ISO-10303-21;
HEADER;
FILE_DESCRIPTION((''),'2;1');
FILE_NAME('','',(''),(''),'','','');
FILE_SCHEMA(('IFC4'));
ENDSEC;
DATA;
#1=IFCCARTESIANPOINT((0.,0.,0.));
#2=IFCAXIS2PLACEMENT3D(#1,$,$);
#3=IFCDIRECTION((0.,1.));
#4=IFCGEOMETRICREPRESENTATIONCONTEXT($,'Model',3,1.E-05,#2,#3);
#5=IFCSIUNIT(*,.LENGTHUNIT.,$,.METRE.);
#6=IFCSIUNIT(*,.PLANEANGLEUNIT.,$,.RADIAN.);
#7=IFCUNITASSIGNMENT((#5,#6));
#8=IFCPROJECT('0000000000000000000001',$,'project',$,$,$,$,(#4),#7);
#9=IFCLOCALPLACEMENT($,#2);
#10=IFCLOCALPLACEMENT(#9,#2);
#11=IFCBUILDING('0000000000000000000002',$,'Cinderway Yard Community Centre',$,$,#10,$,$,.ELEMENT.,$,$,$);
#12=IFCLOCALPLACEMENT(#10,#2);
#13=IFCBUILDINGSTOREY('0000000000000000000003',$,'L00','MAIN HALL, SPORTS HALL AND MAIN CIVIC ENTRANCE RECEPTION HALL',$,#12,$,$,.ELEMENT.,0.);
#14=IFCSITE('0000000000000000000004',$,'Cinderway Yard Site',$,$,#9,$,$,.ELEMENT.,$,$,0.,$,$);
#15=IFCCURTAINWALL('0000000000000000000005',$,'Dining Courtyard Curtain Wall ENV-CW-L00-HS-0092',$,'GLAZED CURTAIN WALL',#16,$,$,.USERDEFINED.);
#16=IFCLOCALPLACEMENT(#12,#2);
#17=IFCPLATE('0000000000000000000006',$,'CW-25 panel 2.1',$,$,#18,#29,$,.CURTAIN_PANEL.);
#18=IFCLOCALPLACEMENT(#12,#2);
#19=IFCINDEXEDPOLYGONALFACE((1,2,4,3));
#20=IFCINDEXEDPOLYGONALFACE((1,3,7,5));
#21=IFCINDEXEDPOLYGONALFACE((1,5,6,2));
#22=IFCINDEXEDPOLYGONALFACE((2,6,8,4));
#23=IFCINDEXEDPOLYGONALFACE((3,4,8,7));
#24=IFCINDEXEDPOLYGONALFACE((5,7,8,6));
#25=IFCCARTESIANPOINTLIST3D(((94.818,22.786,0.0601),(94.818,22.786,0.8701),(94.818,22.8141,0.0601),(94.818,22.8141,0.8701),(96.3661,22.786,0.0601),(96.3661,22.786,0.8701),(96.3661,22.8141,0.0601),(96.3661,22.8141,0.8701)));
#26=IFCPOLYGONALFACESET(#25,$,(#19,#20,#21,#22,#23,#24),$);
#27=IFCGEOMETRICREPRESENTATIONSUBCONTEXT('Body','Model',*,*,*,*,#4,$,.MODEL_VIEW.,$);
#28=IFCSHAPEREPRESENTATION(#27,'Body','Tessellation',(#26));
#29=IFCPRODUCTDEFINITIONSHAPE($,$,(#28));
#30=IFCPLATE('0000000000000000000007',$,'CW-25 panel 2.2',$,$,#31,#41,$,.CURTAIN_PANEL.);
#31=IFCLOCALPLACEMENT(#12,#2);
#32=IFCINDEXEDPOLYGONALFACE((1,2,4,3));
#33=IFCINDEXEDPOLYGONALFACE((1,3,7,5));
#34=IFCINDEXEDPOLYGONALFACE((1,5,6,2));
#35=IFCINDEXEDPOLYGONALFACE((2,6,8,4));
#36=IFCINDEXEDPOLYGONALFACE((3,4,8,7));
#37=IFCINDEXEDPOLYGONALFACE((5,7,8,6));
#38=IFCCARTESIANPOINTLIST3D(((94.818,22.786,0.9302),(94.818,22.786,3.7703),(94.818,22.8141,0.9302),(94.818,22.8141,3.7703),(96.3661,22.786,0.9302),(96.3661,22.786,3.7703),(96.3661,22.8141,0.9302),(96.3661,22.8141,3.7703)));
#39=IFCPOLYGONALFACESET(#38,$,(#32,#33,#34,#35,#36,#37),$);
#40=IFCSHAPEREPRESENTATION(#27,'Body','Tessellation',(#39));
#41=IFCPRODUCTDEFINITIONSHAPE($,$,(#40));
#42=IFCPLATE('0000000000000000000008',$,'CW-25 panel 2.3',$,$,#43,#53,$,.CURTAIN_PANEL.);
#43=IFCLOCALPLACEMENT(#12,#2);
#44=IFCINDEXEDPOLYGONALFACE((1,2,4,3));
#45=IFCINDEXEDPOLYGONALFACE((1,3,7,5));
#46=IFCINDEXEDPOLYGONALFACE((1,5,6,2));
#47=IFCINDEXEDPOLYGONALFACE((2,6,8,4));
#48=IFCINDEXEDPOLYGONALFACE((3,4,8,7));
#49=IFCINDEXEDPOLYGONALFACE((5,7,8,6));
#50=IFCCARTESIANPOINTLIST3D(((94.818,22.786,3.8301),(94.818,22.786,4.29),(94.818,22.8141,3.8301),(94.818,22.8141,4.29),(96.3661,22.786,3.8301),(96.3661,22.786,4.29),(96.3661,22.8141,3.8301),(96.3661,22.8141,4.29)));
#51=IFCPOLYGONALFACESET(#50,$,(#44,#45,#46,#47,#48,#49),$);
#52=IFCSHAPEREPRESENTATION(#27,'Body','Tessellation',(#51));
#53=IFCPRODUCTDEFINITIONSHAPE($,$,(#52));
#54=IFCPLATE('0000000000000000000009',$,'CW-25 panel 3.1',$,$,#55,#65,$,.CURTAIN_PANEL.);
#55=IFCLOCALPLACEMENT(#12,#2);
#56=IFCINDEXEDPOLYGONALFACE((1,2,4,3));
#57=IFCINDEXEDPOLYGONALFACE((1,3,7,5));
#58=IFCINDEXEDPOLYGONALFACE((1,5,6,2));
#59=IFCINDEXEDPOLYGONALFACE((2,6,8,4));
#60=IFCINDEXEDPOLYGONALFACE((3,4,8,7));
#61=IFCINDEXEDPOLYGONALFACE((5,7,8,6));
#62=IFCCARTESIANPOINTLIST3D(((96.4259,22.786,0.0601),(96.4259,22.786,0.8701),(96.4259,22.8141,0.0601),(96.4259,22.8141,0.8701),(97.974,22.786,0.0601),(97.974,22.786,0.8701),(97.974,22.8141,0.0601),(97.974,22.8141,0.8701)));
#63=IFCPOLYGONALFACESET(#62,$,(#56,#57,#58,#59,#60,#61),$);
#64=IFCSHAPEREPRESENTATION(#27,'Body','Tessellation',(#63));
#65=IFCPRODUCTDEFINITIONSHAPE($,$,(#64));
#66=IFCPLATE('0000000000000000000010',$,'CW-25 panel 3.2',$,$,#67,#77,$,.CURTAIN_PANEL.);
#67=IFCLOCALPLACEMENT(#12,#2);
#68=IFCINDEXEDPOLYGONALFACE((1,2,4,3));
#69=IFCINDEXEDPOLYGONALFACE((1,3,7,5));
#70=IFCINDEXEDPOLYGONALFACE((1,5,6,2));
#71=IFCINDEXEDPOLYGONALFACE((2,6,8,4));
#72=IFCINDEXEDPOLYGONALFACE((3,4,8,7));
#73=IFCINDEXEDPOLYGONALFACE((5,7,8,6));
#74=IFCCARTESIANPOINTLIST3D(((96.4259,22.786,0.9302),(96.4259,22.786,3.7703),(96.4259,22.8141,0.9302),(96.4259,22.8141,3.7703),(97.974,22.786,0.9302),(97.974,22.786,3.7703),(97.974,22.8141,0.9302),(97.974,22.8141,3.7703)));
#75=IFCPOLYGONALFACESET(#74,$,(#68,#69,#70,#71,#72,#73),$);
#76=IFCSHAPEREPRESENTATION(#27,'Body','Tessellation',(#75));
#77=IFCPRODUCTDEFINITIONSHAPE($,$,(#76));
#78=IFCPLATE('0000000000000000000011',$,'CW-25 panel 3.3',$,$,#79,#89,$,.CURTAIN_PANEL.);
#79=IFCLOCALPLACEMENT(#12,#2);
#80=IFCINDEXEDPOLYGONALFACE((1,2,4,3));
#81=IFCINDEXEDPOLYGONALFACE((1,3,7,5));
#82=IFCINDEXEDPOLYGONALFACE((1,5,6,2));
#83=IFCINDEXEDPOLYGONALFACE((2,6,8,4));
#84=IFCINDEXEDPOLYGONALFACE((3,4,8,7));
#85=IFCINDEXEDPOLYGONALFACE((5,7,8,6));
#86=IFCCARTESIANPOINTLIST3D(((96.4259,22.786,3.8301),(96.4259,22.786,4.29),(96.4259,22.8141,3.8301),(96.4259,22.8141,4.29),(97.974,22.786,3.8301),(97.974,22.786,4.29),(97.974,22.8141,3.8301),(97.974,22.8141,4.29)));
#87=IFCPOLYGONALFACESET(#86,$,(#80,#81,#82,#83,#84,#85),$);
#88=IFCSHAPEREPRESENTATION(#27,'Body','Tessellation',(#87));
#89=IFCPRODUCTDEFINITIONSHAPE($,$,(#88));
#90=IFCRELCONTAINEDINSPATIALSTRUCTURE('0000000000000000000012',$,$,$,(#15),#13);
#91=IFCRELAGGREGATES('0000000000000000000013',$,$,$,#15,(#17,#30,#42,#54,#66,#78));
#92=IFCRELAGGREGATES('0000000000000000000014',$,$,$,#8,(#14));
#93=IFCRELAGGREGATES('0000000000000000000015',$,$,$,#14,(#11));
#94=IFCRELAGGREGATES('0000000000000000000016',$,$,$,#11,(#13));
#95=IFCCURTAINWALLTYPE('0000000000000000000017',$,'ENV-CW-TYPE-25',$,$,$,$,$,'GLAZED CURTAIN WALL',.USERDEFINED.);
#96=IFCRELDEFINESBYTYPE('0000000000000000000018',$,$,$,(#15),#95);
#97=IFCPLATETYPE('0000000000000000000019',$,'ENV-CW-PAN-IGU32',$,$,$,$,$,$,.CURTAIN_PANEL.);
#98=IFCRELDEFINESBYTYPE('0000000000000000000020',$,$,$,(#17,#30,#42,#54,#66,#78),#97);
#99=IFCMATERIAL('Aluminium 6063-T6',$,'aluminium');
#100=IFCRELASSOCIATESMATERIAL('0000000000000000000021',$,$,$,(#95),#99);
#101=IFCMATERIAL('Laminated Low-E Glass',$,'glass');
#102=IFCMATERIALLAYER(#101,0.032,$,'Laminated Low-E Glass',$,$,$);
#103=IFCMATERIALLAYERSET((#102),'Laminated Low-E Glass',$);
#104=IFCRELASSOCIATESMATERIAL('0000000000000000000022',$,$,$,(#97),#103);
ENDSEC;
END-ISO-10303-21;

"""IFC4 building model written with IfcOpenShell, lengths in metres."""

from ifc_helpers import new_model, si_unit, direction, frame, origin, origin_2d, place, context, subcontext, project, spatial, rectangle, extrude, material, layer, layer_set, type_object, element, aggregate, save


model = new_model("IFC4")

# Units and contexts
model_context = context("Model", 3, precision=1e-05, world=origin(), true_north=direction((0.0, 1.0)))
body_context = subcontext(model_context, "Body", "Model", "MODEL_VIEW")
ifc_project = project(units=[si_unit("LENGTHUNIT", "METRE"), si_unit("PLANEANGLEUNIT", "RADIAN")], contexts=[model_context])

# Site, building, storey
site_placement = place(None, origin())
site = spatial("IfcSite", under=ifc_project, at=site_placement, Name="Cinderway Yard Site", CompositionType="ELEMENT", RefElevation=0.0)
building_placement = place(site_placement, origin())
building = spatial("IfcBuilding", under=site, at=building_placement, Name="Cinderway Yard Community Centre", CompositionType="ELEMENT")
storey_placement = place(building_placement, origin())
storey = spatial("IfcBuildingStorey", under=building, at=storey_placement, Name="L00", Description="MAIN HALL, SPORTS HALL AND MAIN CIVIC ENTRANCE RECEPTION HALL", CompositionType="ELEMENT", Elevation=0.0)

# Curtain wall, plates
ifc_material_1 = material(Name="Aluminium 6063-T6", Category="aluminium")
curtain_wall_type = type_object("IfcCurtainWallType", Name="ENV-CW-TYPE-25", ElementType="GLAZED CURTAIN WALL", PredefinedType="USERDEFINED", material=ifc_material_1)
curtain_wall_placement = place(storey_placement, origin())
curtain_wall = element("IfcCurtainWall", 1, at=curtain_wall_placement, inside=storey, type_object=curtain_wall_type, Name="Dining Courtyard Curtain Wall ENV-CW-L00-HS-0092", ObjectType="GLAZED CURTAIN WALL", PredefinedType="USERDEFINED")
ifc_material_2 = material(Name="Laminated Low-E Glass", Category="glass")
ifc_layer = layer(ifc_material_2, 0.032, Name="Laminated Low-E Glass")
ifc_layer_set = layer_set([ifc_layer], Name="Laminated Low-E Glass")
plate_type = type_object("IfcPlateType", Name="ENV-CW-PAN-IGU32", PredefinedType="CURTAIN_PANEL", material=ifc_layer_set)
plate_1_placement = place(storey_placement, frame((95.592, 22.8, 0.0601), z_axis=(0.0, 0.0, 1.0), x_axis=(1.0, 0.0, 0.0)))
plate_1 = element("IfcPlate", 2, at=plate_1_placement, type_object=plate_type, Name="CW-25 panel 2.1", PredefinedType="CURTAIN_PANEL", context=body_context, shape_type="SweptSolid", body=[
    extrude(rectangle(XDim=1.5481, YDim=0.0281, at=origin_2d()), origin(), (0.0, 0.0, 1.0), 0.8101),
])
plate_2_placement = place(storey_placement, frame((95.592, 22.8, 0.9302), z_axis=(0.0, 0.0, 1.0), x_axis=(1.0, 0.0, 0.0)))
plate_2 = element("IfcPlate", 3, at=plate_2_placement, type_object=plate_type, Name="CW-25 panel 2.2", PredefinedType="CURTAIN_PANEL", context=body_context, shape_type="SweptSolid", body=[
    extrude(rectangle(XDim=1.5481, YDim=0.0281, at=origin_2d()), origin(), (0.0, 0.0, 1.0), 2.8401),
])
plate_3_placement = place(storey_placement, frame((95.592, 22.8, 3.8301), z_axis=(0.0, 0.0, 1.0), x_axis=(1.0, 0.0, 0.0)))
plate_3 = element("IfcPlate", 4, at=plate_3_placement, type_object=plate_type, Name="CW-25 panel 2.3", PredefinedType="CURTAIN_PANEL", context=body_context, shape_type="SweptSolid", body=[
    extrude(rectangle(XDim=1.5481, YDim=0.0281, at=origin_2d()), origin(), (0.0, 0.0, 1.0), 0.46),
])
plate_4_placement = place(storey_placement, frame((97.2, 22.8, 0.0601), z_axis=(0.0, 0.0, 1.0), x_axis=(1.0, 0.0, 0.0)))
plate_4 = element("IfcPlate", 5, at=plate_4_placement, type_object=plate_type, Name="CW-25 panel 3.1", PredefinedType="CURTAIN_PANEL", context=body_context, shape_type="SweptSolid", body=[
    extrude(rectangle(XDim=1.5481, YDim=0.0281, at=origin_2d()), origin(), (0.0, 0.0, 1.0), 0.8101),
])
plate_5_placement = place(storey_placement, frame((97.2, 22.8, 0.9302), z_axis=(0.0, 0.0, 1.0), x_axis=(1.0, 0.0, 0.0)))
plate_5 = element("IfcPlate", 6, at=plate_5_placement, type_object=plate_type, Name="CW-25 panel 3.2", PredefinedType="CURTAIN_PANEL", context=body_context, shape_type="SweptSolid", body=[
    extrude(rectangle(XDim=1.5481, YDim=0.0281, at=origin_2d()), origin(), (0.0, 0.0, 1.0), 2.8401),
])
plate_6_placement = place(storey_placement, frame((97.2, 22.8, 3.8301), z_axis=(0.0, 0.0, 1.0), x_axis=(1.0, 0.0, 0.0)))
plate_6 = element("IfcPlate", 7, at=plate_6_placement, type_object=plate_type, Name="CW-25 panel 3.3", PredefinedType="CURTAIN_PANEL", context=body_context, shape_type="SweptSolid", body=[
    extrude(rectangle(XDim=1.5481, YDim=0.0281, at=origin_2d()), origin(), (0.0, 0.0, 1.0), 0.46),
])
aggregate(curtain_wall, [plate_1, plate_2, plate_3, plate_4, plate_5, plate_6])

save(model, "model.ifc")
